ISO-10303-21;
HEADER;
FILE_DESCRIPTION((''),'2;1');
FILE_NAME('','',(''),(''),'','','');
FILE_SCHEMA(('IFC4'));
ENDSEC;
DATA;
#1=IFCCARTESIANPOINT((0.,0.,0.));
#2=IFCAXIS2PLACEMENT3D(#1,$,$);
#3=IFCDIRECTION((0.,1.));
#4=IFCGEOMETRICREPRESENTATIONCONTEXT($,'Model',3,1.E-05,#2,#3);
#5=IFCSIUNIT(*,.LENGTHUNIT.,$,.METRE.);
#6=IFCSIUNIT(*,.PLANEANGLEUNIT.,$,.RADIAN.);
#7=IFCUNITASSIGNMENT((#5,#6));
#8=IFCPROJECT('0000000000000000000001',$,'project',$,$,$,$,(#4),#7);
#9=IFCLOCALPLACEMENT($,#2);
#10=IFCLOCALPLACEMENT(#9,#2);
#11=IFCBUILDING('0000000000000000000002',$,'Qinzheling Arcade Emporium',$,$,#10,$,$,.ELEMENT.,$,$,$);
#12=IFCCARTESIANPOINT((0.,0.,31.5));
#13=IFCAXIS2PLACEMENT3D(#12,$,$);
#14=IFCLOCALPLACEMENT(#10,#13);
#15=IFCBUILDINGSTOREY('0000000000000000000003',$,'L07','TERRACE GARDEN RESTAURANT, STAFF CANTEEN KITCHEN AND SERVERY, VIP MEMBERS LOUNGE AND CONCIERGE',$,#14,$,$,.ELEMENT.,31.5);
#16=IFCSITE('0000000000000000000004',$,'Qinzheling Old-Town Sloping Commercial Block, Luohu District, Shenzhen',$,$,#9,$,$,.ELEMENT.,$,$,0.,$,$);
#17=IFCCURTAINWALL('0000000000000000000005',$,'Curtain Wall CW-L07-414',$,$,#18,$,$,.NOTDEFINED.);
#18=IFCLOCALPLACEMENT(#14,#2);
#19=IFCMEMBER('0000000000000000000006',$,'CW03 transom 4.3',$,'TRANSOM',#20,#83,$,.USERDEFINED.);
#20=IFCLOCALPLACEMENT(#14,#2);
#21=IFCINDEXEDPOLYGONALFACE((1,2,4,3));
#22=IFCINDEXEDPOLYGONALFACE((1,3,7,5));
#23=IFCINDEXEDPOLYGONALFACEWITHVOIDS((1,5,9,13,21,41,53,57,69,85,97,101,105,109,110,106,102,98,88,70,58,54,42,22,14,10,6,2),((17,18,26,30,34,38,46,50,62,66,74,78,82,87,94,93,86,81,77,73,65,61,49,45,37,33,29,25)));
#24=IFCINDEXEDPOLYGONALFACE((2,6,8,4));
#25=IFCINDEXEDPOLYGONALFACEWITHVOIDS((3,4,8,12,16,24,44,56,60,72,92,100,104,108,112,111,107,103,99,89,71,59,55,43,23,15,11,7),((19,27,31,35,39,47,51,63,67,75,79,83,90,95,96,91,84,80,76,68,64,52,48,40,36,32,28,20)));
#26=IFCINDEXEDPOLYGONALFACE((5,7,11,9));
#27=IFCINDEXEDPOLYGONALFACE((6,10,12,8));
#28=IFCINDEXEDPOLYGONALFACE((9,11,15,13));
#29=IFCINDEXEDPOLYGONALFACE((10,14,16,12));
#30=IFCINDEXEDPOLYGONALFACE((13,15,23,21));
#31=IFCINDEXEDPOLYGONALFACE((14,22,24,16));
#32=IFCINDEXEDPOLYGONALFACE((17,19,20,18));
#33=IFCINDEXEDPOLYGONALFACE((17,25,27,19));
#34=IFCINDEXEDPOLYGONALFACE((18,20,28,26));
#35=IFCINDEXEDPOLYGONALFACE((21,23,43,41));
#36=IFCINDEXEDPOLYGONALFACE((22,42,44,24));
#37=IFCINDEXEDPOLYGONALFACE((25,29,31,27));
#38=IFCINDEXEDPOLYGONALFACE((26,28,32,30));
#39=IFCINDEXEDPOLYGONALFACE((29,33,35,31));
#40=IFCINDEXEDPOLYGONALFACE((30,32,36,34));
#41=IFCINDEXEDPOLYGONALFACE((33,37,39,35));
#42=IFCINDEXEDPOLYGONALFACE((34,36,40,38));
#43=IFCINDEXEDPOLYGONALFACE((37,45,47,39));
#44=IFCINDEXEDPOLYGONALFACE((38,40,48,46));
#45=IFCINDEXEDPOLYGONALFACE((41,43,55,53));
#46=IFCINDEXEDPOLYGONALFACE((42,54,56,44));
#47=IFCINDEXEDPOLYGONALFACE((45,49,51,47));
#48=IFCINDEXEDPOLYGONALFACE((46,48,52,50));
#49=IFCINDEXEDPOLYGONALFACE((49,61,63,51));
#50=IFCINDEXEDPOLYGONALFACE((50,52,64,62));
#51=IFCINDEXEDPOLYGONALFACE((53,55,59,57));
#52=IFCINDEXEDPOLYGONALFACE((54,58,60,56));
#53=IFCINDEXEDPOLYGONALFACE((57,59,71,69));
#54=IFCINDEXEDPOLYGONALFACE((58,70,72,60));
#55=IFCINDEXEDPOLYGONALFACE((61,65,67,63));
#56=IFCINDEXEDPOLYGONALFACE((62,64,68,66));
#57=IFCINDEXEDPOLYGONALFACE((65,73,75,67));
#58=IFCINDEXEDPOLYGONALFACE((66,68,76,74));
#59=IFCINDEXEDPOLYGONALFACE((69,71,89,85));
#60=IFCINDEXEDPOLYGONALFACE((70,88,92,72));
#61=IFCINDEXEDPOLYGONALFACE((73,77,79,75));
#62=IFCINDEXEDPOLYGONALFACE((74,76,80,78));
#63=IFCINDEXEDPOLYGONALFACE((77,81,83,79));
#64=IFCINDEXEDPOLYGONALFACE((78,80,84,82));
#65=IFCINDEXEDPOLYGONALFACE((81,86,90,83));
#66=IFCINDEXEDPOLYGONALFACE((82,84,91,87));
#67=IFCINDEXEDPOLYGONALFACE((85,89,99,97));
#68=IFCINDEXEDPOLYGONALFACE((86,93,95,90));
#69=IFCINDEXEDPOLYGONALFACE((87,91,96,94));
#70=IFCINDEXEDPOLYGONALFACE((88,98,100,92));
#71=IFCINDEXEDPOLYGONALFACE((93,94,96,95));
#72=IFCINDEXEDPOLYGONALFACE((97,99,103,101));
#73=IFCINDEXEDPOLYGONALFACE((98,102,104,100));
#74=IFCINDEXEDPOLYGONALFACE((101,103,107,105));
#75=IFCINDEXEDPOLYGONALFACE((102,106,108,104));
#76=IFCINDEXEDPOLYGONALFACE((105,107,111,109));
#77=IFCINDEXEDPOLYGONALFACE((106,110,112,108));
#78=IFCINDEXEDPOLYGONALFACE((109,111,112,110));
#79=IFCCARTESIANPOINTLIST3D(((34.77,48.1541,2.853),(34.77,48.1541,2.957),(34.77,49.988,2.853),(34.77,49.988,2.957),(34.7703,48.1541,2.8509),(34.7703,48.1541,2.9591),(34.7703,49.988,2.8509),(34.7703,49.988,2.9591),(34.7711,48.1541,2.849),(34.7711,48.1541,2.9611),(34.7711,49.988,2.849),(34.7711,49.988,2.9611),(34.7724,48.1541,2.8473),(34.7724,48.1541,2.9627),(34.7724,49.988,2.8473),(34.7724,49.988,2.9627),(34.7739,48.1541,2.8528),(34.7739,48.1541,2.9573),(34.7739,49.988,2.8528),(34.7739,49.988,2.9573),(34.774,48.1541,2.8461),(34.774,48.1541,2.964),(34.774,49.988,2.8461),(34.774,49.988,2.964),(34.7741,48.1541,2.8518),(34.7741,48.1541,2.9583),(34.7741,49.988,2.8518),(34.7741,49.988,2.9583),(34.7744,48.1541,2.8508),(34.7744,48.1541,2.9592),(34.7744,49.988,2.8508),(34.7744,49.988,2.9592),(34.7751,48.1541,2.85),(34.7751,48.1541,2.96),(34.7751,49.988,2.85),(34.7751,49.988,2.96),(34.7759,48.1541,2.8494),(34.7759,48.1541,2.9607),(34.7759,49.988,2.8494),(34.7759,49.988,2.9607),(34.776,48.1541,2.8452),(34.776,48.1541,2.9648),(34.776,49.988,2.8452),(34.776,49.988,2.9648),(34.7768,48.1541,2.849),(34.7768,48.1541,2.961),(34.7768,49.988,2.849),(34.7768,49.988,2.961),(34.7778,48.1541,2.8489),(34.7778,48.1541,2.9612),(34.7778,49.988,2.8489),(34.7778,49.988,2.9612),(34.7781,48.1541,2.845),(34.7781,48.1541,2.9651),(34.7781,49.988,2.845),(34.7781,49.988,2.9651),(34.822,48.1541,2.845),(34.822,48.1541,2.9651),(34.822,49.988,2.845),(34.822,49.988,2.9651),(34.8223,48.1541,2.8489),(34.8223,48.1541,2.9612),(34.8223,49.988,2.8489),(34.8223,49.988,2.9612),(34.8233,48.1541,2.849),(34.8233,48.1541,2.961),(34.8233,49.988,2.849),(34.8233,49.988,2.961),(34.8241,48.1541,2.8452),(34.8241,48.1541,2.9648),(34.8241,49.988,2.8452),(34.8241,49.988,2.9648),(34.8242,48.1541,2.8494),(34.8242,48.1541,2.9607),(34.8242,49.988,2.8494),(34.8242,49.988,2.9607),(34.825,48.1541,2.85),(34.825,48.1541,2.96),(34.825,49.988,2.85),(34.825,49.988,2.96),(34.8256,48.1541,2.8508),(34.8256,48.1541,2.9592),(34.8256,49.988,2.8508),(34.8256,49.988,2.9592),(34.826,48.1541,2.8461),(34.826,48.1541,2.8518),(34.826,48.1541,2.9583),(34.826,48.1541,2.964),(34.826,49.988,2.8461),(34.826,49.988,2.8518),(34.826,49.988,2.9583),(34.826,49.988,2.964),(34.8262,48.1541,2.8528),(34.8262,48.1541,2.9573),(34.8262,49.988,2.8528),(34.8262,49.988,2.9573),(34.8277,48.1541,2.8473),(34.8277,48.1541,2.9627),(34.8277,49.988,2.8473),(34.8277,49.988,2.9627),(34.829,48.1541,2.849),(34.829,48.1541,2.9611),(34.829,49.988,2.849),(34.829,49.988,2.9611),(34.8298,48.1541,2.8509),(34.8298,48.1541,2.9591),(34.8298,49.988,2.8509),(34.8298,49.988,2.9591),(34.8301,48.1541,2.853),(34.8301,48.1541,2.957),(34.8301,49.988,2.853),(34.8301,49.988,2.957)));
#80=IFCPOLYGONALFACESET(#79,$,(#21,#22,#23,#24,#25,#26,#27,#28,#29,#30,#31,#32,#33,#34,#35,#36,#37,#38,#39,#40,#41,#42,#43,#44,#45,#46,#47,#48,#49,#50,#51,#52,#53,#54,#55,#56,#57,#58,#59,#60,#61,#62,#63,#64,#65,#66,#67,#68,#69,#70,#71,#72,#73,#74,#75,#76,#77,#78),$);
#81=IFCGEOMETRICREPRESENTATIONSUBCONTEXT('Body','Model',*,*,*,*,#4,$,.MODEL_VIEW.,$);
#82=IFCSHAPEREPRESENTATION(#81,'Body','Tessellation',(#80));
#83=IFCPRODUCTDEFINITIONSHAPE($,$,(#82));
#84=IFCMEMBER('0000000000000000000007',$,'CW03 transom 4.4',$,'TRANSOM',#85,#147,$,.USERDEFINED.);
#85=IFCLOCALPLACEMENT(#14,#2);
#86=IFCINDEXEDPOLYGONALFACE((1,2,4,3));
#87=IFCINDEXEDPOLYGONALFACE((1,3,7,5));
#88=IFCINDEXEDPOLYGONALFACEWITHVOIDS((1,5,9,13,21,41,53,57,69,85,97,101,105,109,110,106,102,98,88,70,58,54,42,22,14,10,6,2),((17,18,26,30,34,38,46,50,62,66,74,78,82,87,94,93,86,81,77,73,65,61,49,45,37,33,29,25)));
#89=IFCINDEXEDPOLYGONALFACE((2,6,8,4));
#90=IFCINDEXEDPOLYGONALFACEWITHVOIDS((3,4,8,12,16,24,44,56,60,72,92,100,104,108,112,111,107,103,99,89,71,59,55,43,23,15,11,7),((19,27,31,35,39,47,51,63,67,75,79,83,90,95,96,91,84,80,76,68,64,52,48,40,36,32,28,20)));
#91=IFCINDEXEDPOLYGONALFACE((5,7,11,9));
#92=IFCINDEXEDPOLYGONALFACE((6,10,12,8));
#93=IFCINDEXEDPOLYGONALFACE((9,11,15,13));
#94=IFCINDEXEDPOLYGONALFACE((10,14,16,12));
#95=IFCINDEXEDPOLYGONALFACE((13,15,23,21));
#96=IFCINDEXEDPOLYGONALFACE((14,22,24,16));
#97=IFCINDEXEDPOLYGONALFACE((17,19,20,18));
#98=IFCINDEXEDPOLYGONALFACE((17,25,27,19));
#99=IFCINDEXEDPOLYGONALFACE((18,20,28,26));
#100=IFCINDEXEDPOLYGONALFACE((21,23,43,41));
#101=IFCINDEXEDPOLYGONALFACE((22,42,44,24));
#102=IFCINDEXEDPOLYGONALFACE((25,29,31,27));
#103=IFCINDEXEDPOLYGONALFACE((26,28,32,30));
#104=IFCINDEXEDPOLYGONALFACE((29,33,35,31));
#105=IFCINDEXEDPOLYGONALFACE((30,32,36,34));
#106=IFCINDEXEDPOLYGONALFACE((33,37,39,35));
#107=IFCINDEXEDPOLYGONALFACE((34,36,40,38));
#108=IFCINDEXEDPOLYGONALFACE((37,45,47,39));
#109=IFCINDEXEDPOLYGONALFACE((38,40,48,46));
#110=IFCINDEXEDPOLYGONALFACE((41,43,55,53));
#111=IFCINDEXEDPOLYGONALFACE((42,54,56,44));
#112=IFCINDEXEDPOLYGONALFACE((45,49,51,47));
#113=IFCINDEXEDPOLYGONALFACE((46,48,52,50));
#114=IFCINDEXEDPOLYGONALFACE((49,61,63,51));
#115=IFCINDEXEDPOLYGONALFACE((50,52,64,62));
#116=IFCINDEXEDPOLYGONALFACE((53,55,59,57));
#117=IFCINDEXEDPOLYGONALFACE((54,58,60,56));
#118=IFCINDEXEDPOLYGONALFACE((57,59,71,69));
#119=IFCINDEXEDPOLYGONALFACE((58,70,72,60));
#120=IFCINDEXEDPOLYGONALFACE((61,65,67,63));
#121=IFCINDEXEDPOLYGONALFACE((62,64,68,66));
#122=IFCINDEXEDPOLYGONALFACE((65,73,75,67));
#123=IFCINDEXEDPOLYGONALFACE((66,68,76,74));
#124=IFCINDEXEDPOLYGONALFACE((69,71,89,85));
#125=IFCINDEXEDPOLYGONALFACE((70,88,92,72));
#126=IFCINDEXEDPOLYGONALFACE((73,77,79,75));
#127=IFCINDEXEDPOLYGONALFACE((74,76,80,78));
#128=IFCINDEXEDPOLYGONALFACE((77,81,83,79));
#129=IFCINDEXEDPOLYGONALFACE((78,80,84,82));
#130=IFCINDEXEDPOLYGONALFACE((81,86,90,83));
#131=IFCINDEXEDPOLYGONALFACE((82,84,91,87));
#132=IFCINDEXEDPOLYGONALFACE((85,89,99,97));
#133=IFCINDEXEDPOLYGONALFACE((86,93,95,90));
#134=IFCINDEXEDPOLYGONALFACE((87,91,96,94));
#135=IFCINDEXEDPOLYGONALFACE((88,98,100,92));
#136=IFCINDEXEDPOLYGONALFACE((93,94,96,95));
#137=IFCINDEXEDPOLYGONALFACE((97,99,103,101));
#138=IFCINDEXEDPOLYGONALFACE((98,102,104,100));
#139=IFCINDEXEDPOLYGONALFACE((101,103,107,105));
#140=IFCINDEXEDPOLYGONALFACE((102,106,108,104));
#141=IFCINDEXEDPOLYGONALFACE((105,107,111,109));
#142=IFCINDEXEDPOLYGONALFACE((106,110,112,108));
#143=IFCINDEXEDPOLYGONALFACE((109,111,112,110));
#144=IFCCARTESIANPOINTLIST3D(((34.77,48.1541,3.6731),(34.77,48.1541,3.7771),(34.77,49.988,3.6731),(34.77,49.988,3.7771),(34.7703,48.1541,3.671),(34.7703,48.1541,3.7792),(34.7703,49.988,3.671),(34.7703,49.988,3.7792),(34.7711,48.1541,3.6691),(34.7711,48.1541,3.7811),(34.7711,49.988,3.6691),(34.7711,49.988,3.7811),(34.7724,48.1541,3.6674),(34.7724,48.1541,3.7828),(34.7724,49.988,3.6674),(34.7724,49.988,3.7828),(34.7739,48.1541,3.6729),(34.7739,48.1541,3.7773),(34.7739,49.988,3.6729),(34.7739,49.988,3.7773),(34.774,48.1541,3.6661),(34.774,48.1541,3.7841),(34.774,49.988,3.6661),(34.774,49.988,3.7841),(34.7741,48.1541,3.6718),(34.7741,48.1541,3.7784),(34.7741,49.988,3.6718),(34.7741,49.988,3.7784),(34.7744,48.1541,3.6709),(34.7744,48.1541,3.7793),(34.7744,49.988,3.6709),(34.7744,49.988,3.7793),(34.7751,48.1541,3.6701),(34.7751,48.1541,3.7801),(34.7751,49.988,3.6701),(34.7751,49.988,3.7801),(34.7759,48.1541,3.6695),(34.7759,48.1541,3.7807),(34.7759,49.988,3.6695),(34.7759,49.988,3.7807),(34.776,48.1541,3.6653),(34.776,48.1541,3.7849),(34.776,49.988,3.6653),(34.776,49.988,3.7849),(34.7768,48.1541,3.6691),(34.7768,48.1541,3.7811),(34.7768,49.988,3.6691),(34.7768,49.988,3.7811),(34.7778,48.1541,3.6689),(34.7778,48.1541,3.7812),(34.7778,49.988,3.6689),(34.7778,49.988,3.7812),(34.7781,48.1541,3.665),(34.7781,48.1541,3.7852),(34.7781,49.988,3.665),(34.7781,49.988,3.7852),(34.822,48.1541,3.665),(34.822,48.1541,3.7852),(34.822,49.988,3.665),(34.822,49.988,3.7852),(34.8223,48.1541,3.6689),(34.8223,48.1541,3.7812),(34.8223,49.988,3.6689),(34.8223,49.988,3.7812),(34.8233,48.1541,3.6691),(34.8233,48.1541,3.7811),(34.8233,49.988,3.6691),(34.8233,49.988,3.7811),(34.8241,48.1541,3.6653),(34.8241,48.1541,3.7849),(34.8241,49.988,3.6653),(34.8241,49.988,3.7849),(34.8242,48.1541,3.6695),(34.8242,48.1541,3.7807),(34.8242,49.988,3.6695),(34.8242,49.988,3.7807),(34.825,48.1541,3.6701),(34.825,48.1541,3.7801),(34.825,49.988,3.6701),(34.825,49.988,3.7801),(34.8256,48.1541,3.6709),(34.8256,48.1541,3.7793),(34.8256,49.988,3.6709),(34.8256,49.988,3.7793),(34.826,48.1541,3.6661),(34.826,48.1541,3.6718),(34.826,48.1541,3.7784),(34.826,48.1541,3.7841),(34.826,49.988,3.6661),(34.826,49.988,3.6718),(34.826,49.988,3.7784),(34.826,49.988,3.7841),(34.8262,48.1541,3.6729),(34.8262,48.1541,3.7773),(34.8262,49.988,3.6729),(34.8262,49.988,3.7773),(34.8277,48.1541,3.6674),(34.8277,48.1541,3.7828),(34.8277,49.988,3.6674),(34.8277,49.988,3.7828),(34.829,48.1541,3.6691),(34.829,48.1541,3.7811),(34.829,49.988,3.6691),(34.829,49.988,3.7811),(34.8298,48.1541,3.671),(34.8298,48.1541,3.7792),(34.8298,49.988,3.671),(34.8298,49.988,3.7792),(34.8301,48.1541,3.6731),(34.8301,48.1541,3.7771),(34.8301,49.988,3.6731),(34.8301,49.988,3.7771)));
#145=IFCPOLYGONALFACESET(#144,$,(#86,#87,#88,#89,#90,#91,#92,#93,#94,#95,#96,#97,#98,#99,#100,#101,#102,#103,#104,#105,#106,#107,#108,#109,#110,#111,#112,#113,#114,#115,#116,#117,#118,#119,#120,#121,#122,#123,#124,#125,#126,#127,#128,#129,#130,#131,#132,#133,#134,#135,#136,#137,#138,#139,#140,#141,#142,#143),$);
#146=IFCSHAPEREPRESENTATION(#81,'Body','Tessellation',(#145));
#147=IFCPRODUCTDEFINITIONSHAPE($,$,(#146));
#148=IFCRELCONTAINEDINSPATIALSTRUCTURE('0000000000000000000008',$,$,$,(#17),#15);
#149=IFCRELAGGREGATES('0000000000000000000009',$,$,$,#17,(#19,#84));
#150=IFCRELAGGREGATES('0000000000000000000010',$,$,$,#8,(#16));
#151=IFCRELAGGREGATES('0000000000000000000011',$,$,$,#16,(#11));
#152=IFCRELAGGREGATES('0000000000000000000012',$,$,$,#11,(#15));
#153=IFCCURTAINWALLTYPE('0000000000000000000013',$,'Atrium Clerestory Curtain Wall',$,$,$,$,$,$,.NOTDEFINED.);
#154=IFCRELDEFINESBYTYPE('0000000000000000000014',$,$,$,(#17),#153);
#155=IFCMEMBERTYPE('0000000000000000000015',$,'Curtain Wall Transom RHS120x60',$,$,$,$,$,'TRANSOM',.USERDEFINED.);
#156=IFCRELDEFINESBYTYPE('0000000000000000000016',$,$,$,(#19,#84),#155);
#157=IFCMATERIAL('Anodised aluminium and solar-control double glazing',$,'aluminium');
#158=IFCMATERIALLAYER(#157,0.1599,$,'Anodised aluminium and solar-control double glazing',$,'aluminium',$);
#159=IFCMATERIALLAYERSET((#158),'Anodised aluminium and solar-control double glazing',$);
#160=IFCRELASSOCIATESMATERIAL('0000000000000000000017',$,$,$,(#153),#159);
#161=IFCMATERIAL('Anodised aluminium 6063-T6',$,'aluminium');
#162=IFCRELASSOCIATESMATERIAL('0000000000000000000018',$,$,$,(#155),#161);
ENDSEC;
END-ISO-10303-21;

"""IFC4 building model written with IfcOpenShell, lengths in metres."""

from ifc_helpers import new_model, si_unit, direction, frame, origin, origin_2d, place, context, subcontext, project, spatial, hollow_rectangle, extrude, material, layer, layer_set, material_profile, profile_set, type_object, element, aggregate, save


model = new_model("IFC4")

# Units and contexts
model_context = context("Model", 3, precision=1e-05, world=origin(), true_north=direction((0.0, 1.0)))
body_context = subcontext(model_context, "Body", "Model", "MODEL_VIEW")
ifc_project = project(units=[si_unit("LENGTHUNIT", "METRE"), si_unit("PLANEANGLEUNIT", "RADIAN")], contexts=[model_context])

# Site, building, storey
site_placement = place(None, origin())
site = spatial("IfcSite", under=ifc_project, at=site_placement, Name="Qinzheling Old-Town Sloping Commercial Block, Luohu District, Shenzhen", CompositionType="ELEMENT", RefElevation=0.0)
building_placement = place(site_placement, origin())
building = spatial("IfcBuilding", under=site, at=building_placement, Name="Qinzheling Arcade Emporium", CompositionType="ELEMENT")
storey_placement = place(building_placement, frame((0.0, 0.0, 31.5)))
storey = spatial("IfcBuildingStorey", under=building, at=storey_placement, Name="L07", Description="TERRACE GARDEN RESTAURANT, STAFF CANTEEN KITCHEN AND SERVERY, VIP MEMBERS LOUNGE AND CONCIERGE", CompositionType="ELEMENT", Elevation=31.5)

# Curtain wall
ifc_material_1 = material(Name="Anodised aluminium and solar-control double glazing", Category="aluminium")
ifc_layer_1 = layer(ifc_material_1, 0.1599, Name="Anodised aluminium and solar-control double glazing", Category="aluminium")
ifc_layer_set_1 = layer_set([ifc_layer_1], Name="Anodised aluminium and solar-control double glazing")
curtain_wall_type = type_object("IfcCurtainWallType", Name="Atrium Clerestory Curtain Wall", PredefinedType="NOTDEFINED", material=ifc_layer_set_1)
curtain_wall_1_placement = place(storey_placement, origin())
curtain_wall_1 = element("IfcCurtainWall", 1, at=curtain_wall_1_placement, inside=storey, type_object=curtain_wall_type, Name="Curtain Wall CW-L07-414", PredefinedType="NOTDEFINED")
ifc_material_2 = material(Name="Anodised aluminium 6063-T6", Category="aluminium")

# Members
ifc_material_profile_1 = material_profile(ifc_material_2, hollow_rectangle(XDim=0.0601, YDim=0.1201, WallThickness=0.0039, InnerFilletRadius=0.0039, OuterFilletRadius=0.0081, at=origin_2d()), Name="RHS 120x60x4", Category="aluminium")
ifc_profile_set_1 = profile_set([ifc_material_profile_1], Name="Anodised aluminium 6063-T6")
member_type_1 = type_object("IfcMemberType", Name="Curtain Wall Transom RHS120x60", ElementType="TRANSOM", PredefinedType="USERDEFINED", material=ifc_profile_set_1)
member_1_placement = place(storey_placement, frame((34.8, 48.1541, 2.905), z_axis=(0.0, 1.0, 0.0), x_axis=(-1.0, 0.0, 0.0)))
member_1 = element("IfcMember", 2, at=member_1_placement, type_object=member_type_1, Name="CW03 transom 4.3", ObjectType="TRANSOM", PredefinedType="USERDEFINED", context=body_context, shape_type="SweptSolid", body=[
    extrude(hollow_rectangle(XDim=0.0601, YDim=0.1201, WallThickness=0.0039, InnerFilletRadius=0.0039, OuterFilletRadius=0.0081, at=origin_2d()), origin(), (0.0, 0.0, 1.0), 1.834),
])
member_2_placement = place(storey_placement, frame((34.8, 48.1541, 3.7251), z_axis=(0.0, 1.0, 0.0), x_axis=(-1.0, 0.0, 0.0)))
member_2 = element("IfcMember", 3, at=member_2_placement, type_object=member_type_1, Name="CW03 transom 4.4", ObjectType="TRANSOM", PredefinedType="USERDEFINED", context=body_context, shape_type="SweptSolid", body=[
    extrude(hollow_rectangle(XDim=0.0601, YDim=0.1201, WallThickness=0.0039, InnerFilletRadius=0.0039, OuterFilletRadius=0.0081, at=origin_2d()), origin(), (0.0, 0.0, 1.0), 1.834),
])

aggregate(curtain_wall_1, [member_1, member_2])

save(model, "model.ifc")
